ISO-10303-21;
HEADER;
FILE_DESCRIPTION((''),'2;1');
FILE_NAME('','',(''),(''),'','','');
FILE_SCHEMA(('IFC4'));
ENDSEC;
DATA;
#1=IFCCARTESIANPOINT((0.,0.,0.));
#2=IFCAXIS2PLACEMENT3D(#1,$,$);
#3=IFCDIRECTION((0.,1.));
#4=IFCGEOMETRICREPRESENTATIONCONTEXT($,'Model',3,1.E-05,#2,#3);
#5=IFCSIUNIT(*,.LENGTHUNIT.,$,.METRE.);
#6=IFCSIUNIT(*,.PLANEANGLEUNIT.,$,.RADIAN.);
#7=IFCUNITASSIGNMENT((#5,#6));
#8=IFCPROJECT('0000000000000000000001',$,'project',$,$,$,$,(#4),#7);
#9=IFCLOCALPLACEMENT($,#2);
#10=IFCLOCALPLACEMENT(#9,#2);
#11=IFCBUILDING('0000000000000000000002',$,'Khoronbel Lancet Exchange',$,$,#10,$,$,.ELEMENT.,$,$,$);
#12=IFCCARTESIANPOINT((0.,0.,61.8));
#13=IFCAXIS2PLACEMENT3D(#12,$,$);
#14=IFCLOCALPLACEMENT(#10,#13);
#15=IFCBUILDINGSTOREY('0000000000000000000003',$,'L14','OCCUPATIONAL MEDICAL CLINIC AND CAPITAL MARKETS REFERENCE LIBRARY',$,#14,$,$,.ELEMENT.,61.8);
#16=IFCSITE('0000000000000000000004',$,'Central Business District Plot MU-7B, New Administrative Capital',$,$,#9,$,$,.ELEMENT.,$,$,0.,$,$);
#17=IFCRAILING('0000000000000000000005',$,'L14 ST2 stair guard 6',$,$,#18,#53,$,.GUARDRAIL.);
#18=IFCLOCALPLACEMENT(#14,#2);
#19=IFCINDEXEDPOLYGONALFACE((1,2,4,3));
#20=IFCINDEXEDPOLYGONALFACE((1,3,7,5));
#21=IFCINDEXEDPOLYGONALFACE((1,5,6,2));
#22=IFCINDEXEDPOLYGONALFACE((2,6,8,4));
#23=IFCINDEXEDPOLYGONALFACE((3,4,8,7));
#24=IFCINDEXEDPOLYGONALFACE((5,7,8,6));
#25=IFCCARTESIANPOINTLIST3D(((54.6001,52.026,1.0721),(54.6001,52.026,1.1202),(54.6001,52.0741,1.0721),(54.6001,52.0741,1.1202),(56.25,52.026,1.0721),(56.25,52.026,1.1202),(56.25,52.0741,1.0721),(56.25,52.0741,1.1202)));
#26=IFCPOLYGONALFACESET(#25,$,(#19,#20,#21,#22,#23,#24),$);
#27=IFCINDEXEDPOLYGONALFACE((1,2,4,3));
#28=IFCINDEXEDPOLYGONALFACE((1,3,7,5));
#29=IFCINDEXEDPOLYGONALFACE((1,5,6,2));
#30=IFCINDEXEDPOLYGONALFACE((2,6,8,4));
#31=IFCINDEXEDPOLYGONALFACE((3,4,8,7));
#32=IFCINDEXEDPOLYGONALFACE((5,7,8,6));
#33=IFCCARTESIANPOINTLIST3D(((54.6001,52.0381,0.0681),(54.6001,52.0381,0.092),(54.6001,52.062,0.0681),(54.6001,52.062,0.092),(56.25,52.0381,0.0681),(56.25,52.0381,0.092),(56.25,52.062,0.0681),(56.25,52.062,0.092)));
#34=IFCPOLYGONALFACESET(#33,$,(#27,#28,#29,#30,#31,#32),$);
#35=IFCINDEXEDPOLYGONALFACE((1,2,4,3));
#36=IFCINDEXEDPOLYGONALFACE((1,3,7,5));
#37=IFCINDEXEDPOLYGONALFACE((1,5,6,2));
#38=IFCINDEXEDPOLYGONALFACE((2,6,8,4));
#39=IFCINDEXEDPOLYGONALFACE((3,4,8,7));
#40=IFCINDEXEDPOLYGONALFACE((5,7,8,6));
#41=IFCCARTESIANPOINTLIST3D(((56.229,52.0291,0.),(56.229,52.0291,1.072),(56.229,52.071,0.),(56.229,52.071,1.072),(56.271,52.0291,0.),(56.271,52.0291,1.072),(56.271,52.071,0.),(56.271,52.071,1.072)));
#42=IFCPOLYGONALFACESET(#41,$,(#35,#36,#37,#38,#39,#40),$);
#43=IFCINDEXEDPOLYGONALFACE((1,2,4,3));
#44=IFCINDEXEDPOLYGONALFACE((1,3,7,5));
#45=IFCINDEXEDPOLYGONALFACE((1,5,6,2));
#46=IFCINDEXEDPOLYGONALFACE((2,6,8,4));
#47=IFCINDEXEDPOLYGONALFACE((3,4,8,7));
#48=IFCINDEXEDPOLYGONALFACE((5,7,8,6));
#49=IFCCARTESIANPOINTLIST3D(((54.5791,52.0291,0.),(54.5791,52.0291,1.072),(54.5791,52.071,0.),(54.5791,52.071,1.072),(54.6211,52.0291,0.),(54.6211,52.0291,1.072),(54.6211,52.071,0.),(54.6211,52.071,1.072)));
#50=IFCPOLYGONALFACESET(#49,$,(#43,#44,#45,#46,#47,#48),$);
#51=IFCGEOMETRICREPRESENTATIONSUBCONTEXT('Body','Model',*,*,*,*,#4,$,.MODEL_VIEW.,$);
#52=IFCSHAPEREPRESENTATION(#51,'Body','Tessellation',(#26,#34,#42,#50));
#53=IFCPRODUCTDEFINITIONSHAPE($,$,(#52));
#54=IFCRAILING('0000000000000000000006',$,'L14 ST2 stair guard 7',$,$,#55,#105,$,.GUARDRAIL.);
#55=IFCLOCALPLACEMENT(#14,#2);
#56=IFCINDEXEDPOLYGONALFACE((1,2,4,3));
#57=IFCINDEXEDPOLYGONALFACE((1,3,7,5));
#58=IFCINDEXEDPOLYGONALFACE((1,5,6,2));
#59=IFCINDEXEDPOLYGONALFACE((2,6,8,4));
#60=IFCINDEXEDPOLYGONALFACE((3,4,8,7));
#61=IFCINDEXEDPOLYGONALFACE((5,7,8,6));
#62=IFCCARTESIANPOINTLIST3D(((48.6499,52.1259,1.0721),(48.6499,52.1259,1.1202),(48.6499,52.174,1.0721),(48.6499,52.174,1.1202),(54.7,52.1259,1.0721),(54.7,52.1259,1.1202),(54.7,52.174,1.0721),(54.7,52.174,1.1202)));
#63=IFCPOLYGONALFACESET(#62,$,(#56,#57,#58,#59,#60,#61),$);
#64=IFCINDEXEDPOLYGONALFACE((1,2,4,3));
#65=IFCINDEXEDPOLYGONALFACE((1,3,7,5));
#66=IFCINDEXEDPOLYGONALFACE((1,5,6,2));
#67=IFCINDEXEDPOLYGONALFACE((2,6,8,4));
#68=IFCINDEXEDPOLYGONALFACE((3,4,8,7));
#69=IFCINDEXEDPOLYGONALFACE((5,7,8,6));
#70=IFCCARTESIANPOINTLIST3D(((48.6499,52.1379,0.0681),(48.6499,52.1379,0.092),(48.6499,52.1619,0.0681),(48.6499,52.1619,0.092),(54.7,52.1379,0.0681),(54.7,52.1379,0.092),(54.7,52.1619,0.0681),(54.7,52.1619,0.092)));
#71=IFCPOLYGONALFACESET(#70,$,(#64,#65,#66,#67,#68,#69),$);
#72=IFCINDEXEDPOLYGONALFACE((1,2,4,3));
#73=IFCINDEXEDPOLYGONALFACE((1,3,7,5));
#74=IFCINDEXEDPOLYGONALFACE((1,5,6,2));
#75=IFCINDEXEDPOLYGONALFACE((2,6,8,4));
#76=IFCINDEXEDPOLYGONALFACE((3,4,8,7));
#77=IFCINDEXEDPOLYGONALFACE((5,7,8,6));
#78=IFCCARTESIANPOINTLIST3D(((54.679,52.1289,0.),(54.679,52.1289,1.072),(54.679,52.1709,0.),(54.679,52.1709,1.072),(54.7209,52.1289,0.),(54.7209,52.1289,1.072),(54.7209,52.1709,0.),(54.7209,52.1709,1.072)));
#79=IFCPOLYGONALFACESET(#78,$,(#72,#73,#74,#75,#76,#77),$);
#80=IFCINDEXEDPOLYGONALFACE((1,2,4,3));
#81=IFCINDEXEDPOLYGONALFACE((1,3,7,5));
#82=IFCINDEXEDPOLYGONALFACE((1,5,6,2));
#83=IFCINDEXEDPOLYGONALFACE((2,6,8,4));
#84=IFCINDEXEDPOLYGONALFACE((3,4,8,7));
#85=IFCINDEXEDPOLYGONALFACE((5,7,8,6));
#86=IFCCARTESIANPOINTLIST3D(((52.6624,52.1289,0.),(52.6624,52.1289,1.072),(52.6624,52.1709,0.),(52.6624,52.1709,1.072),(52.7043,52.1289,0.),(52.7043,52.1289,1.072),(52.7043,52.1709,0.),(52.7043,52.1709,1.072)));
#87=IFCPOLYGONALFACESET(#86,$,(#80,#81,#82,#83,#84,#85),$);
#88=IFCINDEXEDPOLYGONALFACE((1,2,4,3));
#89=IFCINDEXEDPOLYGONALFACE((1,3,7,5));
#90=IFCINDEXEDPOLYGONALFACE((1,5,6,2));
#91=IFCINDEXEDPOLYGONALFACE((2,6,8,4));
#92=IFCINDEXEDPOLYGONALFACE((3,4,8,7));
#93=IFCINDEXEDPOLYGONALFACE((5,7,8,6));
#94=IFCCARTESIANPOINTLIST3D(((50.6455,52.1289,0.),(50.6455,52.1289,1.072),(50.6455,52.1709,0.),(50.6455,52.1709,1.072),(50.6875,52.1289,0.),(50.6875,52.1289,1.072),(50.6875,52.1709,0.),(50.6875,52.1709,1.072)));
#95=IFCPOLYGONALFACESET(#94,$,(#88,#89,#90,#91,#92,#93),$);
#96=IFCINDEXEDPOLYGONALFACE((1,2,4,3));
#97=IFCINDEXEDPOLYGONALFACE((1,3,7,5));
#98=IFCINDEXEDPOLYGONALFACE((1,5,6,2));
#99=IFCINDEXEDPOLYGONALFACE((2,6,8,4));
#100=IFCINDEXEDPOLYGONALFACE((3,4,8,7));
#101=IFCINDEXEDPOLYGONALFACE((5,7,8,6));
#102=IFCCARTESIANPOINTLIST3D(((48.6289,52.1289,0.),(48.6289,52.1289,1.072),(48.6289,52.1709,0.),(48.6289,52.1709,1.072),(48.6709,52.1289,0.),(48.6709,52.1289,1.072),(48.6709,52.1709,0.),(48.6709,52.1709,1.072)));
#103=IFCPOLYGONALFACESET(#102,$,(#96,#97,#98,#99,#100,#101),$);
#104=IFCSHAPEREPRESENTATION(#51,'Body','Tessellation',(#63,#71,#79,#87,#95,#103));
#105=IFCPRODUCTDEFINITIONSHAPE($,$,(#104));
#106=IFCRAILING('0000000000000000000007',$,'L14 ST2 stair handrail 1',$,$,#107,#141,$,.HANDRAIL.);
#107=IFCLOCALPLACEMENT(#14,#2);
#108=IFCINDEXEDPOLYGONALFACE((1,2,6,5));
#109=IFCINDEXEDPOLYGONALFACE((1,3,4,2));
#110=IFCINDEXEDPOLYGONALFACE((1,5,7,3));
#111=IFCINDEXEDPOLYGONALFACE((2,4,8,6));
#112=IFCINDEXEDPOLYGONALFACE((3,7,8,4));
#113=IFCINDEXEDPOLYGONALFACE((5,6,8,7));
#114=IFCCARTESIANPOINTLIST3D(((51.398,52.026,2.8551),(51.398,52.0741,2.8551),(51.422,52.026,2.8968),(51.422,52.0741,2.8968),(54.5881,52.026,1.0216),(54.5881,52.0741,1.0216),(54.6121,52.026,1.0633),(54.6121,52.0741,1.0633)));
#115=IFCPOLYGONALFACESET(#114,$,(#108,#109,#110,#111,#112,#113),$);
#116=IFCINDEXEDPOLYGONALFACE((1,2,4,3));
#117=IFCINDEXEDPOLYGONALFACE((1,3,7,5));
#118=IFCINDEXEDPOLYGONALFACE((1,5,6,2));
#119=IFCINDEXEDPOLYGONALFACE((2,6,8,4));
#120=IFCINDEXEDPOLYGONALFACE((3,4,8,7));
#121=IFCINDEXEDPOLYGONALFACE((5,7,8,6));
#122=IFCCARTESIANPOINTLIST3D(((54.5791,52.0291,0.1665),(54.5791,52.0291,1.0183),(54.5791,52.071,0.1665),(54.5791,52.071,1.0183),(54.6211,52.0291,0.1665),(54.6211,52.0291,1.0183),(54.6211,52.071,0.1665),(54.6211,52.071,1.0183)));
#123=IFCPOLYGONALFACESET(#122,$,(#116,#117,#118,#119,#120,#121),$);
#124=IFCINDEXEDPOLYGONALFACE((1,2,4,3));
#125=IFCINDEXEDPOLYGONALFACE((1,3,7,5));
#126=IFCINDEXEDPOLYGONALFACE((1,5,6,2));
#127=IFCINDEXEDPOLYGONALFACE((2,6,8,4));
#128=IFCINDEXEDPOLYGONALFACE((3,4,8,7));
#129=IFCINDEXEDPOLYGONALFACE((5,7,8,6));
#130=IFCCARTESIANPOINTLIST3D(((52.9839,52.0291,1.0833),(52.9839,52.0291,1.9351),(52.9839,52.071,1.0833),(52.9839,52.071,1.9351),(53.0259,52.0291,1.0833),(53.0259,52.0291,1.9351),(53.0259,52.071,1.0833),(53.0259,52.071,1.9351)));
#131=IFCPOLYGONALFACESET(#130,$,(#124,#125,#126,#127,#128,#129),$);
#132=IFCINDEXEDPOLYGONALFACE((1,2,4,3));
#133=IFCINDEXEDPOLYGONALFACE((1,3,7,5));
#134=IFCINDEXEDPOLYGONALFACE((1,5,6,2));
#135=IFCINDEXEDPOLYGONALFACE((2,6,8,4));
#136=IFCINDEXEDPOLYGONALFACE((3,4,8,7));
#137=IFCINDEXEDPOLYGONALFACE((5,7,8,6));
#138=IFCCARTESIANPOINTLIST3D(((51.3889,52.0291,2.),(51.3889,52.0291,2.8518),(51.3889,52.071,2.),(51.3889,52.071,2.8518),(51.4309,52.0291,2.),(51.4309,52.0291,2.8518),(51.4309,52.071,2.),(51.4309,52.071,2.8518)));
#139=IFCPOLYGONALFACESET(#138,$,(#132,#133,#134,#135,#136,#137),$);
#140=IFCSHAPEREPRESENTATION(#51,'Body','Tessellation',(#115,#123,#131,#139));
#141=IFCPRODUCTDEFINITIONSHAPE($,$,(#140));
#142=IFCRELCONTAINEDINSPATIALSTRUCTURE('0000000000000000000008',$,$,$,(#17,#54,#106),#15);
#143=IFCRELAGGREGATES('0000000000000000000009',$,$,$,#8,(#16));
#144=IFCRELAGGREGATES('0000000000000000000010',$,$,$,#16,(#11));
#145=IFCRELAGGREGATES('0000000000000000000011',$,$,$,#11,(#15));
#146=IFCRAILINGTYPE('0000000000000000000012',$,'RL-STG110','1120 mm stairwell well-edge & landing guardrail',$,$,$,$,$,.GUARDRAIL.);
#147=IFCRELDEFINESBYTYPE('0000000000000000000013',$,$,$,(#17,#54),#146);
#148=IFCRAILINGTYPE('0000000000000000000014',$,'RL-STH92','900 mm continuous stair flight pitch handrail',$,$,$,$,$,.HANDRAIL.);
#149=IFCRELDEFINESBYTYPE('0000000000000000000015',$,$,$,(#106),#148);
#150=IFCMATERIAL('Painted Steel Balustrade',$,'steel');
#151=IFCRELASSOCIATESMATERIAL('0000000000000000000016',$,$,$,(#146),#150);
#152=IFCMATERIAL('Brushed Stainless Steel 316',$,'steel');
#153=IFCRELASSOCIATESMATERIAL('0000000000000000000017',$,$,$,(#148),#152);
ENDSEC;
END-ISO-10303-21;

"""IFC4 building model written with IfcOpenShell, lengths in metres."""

from ifc_helpers import new_model, si_unit, direction, frame, origin, origin_2d, place, context, subcontext, project, spatial, rectangle, extrude, material, type_object, element, save


model = new_model("IFC4")

# Units and contexts
model_context = context("Model", 3, precision=1e-05, world=origin(), true_north=direction((0.0, 1.0)))
body_context = subcontext(model_context, "Body", "Model", "MODEL_VIEW")
ifc_project = project(units=[si_unit("LENGTHUNIT", "METRE"), si_unit("PLANEANGLEUNIT", "RADIAN")], contexts=[model_context])

# Site, building, storey
site_placement = place(None, origin())
site = spatial("IfcSite", under=ifc_project, at=site_placement, Name="Central Business District Plot MU-7B, New Administrative Capital", CompositionType="ELEMENT", RefElevation=0.0)
building_placement = place(site_placement, origin())
building = spatial("IfcBuilding", under=site, at=building_placement, Name="Khoronbel Lancet Exchange", CompositionType="ELEMENT")
storey_placement = place(building_placement, frame((0.0, 0.0, 61.8)))
storey = spatial("IfcBuildingStorey", under=building, at=storey_placement, Name="L14", Description="OCCUPATIONAL MEDICAL CLINIC AND CAPITAL MARKETS REFERENCE LIBRARY", CompositionType="ELEMENT", Elevation=61.8)

# Railings
ifc_material_1 = material(Name="Painted Steel Balustrade", Category="steel")
railing_type_1 = type_object("IfcRailingType", Name="RL-STG110", Description="1120 mm stairwell well-edge & landing guardrail", PredefinedType="GUARDRAIL", material=ifc_material_1)
railing_1_placement = place(storey_placement, frame((56.25, 52.05, 0.0)))
element("IfcRailing", 1, at=railing_1_placement, inside=storey, type_object=railing_type_1, Name="L14 ST2 stair guard 6", PredefinedType="GUARDRAIL", context=body_context, shape_type="SweptSolid", body=[
    extrude(rectangle(XDim=0.0481, YDim=0.0481, at=origin_2d()), frame((0.0, 0.0, 1.0962), z_axis=(-1.0, 0.0, 0.0), x_axis=(0.0, -1.0, 0.0)), (0.0, 0.0, 1.0), 1.6499),
    extrude(rectangle(XDim=0.0239, YDim=0.0239, at=origin_2d()), frame((0.0, 0.0, 0.0801), z_axis=(-1.0, 0.0, 0.0), x_axis=(0.0, -1.0, 0.0)), (0.0, 0.0, 1.0), 1.6499),
    extrude(rectangle(XDim=0.042, YDim=0.042, at=origin_2d()), origin(), (0.0, 0.0, 1.0), 1.072),
    extrude(rectangle(XDim=0.042, YDim=0.042, at=origin_2d()), frame((-1.6499, 0.0, 0.0)), (0.0, 0.0, 1.0), 1.072),
])
railing_2_placement = place(storey_placement, frame((54.7, 52.1499, 0.0)))
element("IfcRailing", 2, at=railing_2_placement, inside=storey, type_object=railing_type_1, Name="L14 ST2 stair guard 7", PredefinedType="GUARDRAIL", context=body_context, shape_type="SweptSolid", body=[
    extrude(rectangle(XDim=0.0481, YDim=0.0481, at=origin_2d()), frame((0.0, 0.0, 1.0962), z_axis=(-1.0, 0.0, 0.0), x_axis=(0.0, -1.0, 0.0)), (0.0, 0.0, 1.0), 6.05),
    extrude(rectangle(XDim=0.0239, YDim=0.0239, at=origin_2d()), frame((0.0, 0.0, 0.0801), z_axis=(-1.0, 0.0, 0.0), x_axis=(0.0, -1.0, 0.0)), (0.0, 0.0, 1.0), 6.05),
    extrude(rectangle(XDim=0.042, YDim=0.042, at=origin_2d()), origin(), (0.0, 0.0, 1.0), 1.072),
    extrude(rectangle(XDim=0.042, YDim=0.042, at=origin_2d()), frame((-2.0166, 0.0, 0.0)), (0.0, 0.0, 1.0), 1.072),
    extrude(rectangle(XDim=0.042, YDim=0.042, at=origin_2d()), frame((-4.0334, 0.0, 0.0)), (0.0, 0.0, 1.0), 1.072),
    extrude(rectangle(XDim=0.042, YDim=0.042, at=origin_2d()), frame((-6.05, 0.0, 0.0)), (0.0, 0.0, 1.0), 1.072),
])
ifc_material_2 = material(Name="Brushed Stainless Steel 316", Category="steel")
railing_type_2 = type_object("IfcRailingType", Name="RL-STH92", Description="900 mm continuous stair flight pitch handrail", PredefinedType="HANDRAIL", material=ifc_material_2)
railing_3_placement = place(storey_placement, frame((54.6001, 52.05, 0.1665)))
element("IfcRailing", 3, at=railing_3_placement, inside=storey, type_object=railing_type_2, Name="L14 ST2 stair handrail 1", PredefinedType="HANDRAIL", context=body_context, shape_type="SweptSolid", body=[
    extrude(rectangle(XDim=0.0481, YDim=0.0481, at=origin_2d()), frame((0.0, 0.0, 0.876), z_axis=(-0.867007, 0.0, 0.498295), x_axis=(0.0, -1.0, 0.0)), (0.0, 0.0, 1.0), 3.6794),
    extrude(rectangle(XDim=0.042, YDim=0.042, at=origin_2d()), origin(), (0.0, 0.0, 1.0), 0.8518),
    extrude(rectangle(XDim=0.042, YDim=0.042, at=origin_2d()), frame((-1.5952, 0.0, 0.9167)), (0.0, 0.0, 1.0), 0.8518),
    extrude(rectangle(XDim=0.042, YDim=0.042, at=origin_2d()), frame((-3.1902, 0.0, 1.8335)), (0.0, 0.0, 1.0), 0.8518),
])

save(model, "model.ifc")
